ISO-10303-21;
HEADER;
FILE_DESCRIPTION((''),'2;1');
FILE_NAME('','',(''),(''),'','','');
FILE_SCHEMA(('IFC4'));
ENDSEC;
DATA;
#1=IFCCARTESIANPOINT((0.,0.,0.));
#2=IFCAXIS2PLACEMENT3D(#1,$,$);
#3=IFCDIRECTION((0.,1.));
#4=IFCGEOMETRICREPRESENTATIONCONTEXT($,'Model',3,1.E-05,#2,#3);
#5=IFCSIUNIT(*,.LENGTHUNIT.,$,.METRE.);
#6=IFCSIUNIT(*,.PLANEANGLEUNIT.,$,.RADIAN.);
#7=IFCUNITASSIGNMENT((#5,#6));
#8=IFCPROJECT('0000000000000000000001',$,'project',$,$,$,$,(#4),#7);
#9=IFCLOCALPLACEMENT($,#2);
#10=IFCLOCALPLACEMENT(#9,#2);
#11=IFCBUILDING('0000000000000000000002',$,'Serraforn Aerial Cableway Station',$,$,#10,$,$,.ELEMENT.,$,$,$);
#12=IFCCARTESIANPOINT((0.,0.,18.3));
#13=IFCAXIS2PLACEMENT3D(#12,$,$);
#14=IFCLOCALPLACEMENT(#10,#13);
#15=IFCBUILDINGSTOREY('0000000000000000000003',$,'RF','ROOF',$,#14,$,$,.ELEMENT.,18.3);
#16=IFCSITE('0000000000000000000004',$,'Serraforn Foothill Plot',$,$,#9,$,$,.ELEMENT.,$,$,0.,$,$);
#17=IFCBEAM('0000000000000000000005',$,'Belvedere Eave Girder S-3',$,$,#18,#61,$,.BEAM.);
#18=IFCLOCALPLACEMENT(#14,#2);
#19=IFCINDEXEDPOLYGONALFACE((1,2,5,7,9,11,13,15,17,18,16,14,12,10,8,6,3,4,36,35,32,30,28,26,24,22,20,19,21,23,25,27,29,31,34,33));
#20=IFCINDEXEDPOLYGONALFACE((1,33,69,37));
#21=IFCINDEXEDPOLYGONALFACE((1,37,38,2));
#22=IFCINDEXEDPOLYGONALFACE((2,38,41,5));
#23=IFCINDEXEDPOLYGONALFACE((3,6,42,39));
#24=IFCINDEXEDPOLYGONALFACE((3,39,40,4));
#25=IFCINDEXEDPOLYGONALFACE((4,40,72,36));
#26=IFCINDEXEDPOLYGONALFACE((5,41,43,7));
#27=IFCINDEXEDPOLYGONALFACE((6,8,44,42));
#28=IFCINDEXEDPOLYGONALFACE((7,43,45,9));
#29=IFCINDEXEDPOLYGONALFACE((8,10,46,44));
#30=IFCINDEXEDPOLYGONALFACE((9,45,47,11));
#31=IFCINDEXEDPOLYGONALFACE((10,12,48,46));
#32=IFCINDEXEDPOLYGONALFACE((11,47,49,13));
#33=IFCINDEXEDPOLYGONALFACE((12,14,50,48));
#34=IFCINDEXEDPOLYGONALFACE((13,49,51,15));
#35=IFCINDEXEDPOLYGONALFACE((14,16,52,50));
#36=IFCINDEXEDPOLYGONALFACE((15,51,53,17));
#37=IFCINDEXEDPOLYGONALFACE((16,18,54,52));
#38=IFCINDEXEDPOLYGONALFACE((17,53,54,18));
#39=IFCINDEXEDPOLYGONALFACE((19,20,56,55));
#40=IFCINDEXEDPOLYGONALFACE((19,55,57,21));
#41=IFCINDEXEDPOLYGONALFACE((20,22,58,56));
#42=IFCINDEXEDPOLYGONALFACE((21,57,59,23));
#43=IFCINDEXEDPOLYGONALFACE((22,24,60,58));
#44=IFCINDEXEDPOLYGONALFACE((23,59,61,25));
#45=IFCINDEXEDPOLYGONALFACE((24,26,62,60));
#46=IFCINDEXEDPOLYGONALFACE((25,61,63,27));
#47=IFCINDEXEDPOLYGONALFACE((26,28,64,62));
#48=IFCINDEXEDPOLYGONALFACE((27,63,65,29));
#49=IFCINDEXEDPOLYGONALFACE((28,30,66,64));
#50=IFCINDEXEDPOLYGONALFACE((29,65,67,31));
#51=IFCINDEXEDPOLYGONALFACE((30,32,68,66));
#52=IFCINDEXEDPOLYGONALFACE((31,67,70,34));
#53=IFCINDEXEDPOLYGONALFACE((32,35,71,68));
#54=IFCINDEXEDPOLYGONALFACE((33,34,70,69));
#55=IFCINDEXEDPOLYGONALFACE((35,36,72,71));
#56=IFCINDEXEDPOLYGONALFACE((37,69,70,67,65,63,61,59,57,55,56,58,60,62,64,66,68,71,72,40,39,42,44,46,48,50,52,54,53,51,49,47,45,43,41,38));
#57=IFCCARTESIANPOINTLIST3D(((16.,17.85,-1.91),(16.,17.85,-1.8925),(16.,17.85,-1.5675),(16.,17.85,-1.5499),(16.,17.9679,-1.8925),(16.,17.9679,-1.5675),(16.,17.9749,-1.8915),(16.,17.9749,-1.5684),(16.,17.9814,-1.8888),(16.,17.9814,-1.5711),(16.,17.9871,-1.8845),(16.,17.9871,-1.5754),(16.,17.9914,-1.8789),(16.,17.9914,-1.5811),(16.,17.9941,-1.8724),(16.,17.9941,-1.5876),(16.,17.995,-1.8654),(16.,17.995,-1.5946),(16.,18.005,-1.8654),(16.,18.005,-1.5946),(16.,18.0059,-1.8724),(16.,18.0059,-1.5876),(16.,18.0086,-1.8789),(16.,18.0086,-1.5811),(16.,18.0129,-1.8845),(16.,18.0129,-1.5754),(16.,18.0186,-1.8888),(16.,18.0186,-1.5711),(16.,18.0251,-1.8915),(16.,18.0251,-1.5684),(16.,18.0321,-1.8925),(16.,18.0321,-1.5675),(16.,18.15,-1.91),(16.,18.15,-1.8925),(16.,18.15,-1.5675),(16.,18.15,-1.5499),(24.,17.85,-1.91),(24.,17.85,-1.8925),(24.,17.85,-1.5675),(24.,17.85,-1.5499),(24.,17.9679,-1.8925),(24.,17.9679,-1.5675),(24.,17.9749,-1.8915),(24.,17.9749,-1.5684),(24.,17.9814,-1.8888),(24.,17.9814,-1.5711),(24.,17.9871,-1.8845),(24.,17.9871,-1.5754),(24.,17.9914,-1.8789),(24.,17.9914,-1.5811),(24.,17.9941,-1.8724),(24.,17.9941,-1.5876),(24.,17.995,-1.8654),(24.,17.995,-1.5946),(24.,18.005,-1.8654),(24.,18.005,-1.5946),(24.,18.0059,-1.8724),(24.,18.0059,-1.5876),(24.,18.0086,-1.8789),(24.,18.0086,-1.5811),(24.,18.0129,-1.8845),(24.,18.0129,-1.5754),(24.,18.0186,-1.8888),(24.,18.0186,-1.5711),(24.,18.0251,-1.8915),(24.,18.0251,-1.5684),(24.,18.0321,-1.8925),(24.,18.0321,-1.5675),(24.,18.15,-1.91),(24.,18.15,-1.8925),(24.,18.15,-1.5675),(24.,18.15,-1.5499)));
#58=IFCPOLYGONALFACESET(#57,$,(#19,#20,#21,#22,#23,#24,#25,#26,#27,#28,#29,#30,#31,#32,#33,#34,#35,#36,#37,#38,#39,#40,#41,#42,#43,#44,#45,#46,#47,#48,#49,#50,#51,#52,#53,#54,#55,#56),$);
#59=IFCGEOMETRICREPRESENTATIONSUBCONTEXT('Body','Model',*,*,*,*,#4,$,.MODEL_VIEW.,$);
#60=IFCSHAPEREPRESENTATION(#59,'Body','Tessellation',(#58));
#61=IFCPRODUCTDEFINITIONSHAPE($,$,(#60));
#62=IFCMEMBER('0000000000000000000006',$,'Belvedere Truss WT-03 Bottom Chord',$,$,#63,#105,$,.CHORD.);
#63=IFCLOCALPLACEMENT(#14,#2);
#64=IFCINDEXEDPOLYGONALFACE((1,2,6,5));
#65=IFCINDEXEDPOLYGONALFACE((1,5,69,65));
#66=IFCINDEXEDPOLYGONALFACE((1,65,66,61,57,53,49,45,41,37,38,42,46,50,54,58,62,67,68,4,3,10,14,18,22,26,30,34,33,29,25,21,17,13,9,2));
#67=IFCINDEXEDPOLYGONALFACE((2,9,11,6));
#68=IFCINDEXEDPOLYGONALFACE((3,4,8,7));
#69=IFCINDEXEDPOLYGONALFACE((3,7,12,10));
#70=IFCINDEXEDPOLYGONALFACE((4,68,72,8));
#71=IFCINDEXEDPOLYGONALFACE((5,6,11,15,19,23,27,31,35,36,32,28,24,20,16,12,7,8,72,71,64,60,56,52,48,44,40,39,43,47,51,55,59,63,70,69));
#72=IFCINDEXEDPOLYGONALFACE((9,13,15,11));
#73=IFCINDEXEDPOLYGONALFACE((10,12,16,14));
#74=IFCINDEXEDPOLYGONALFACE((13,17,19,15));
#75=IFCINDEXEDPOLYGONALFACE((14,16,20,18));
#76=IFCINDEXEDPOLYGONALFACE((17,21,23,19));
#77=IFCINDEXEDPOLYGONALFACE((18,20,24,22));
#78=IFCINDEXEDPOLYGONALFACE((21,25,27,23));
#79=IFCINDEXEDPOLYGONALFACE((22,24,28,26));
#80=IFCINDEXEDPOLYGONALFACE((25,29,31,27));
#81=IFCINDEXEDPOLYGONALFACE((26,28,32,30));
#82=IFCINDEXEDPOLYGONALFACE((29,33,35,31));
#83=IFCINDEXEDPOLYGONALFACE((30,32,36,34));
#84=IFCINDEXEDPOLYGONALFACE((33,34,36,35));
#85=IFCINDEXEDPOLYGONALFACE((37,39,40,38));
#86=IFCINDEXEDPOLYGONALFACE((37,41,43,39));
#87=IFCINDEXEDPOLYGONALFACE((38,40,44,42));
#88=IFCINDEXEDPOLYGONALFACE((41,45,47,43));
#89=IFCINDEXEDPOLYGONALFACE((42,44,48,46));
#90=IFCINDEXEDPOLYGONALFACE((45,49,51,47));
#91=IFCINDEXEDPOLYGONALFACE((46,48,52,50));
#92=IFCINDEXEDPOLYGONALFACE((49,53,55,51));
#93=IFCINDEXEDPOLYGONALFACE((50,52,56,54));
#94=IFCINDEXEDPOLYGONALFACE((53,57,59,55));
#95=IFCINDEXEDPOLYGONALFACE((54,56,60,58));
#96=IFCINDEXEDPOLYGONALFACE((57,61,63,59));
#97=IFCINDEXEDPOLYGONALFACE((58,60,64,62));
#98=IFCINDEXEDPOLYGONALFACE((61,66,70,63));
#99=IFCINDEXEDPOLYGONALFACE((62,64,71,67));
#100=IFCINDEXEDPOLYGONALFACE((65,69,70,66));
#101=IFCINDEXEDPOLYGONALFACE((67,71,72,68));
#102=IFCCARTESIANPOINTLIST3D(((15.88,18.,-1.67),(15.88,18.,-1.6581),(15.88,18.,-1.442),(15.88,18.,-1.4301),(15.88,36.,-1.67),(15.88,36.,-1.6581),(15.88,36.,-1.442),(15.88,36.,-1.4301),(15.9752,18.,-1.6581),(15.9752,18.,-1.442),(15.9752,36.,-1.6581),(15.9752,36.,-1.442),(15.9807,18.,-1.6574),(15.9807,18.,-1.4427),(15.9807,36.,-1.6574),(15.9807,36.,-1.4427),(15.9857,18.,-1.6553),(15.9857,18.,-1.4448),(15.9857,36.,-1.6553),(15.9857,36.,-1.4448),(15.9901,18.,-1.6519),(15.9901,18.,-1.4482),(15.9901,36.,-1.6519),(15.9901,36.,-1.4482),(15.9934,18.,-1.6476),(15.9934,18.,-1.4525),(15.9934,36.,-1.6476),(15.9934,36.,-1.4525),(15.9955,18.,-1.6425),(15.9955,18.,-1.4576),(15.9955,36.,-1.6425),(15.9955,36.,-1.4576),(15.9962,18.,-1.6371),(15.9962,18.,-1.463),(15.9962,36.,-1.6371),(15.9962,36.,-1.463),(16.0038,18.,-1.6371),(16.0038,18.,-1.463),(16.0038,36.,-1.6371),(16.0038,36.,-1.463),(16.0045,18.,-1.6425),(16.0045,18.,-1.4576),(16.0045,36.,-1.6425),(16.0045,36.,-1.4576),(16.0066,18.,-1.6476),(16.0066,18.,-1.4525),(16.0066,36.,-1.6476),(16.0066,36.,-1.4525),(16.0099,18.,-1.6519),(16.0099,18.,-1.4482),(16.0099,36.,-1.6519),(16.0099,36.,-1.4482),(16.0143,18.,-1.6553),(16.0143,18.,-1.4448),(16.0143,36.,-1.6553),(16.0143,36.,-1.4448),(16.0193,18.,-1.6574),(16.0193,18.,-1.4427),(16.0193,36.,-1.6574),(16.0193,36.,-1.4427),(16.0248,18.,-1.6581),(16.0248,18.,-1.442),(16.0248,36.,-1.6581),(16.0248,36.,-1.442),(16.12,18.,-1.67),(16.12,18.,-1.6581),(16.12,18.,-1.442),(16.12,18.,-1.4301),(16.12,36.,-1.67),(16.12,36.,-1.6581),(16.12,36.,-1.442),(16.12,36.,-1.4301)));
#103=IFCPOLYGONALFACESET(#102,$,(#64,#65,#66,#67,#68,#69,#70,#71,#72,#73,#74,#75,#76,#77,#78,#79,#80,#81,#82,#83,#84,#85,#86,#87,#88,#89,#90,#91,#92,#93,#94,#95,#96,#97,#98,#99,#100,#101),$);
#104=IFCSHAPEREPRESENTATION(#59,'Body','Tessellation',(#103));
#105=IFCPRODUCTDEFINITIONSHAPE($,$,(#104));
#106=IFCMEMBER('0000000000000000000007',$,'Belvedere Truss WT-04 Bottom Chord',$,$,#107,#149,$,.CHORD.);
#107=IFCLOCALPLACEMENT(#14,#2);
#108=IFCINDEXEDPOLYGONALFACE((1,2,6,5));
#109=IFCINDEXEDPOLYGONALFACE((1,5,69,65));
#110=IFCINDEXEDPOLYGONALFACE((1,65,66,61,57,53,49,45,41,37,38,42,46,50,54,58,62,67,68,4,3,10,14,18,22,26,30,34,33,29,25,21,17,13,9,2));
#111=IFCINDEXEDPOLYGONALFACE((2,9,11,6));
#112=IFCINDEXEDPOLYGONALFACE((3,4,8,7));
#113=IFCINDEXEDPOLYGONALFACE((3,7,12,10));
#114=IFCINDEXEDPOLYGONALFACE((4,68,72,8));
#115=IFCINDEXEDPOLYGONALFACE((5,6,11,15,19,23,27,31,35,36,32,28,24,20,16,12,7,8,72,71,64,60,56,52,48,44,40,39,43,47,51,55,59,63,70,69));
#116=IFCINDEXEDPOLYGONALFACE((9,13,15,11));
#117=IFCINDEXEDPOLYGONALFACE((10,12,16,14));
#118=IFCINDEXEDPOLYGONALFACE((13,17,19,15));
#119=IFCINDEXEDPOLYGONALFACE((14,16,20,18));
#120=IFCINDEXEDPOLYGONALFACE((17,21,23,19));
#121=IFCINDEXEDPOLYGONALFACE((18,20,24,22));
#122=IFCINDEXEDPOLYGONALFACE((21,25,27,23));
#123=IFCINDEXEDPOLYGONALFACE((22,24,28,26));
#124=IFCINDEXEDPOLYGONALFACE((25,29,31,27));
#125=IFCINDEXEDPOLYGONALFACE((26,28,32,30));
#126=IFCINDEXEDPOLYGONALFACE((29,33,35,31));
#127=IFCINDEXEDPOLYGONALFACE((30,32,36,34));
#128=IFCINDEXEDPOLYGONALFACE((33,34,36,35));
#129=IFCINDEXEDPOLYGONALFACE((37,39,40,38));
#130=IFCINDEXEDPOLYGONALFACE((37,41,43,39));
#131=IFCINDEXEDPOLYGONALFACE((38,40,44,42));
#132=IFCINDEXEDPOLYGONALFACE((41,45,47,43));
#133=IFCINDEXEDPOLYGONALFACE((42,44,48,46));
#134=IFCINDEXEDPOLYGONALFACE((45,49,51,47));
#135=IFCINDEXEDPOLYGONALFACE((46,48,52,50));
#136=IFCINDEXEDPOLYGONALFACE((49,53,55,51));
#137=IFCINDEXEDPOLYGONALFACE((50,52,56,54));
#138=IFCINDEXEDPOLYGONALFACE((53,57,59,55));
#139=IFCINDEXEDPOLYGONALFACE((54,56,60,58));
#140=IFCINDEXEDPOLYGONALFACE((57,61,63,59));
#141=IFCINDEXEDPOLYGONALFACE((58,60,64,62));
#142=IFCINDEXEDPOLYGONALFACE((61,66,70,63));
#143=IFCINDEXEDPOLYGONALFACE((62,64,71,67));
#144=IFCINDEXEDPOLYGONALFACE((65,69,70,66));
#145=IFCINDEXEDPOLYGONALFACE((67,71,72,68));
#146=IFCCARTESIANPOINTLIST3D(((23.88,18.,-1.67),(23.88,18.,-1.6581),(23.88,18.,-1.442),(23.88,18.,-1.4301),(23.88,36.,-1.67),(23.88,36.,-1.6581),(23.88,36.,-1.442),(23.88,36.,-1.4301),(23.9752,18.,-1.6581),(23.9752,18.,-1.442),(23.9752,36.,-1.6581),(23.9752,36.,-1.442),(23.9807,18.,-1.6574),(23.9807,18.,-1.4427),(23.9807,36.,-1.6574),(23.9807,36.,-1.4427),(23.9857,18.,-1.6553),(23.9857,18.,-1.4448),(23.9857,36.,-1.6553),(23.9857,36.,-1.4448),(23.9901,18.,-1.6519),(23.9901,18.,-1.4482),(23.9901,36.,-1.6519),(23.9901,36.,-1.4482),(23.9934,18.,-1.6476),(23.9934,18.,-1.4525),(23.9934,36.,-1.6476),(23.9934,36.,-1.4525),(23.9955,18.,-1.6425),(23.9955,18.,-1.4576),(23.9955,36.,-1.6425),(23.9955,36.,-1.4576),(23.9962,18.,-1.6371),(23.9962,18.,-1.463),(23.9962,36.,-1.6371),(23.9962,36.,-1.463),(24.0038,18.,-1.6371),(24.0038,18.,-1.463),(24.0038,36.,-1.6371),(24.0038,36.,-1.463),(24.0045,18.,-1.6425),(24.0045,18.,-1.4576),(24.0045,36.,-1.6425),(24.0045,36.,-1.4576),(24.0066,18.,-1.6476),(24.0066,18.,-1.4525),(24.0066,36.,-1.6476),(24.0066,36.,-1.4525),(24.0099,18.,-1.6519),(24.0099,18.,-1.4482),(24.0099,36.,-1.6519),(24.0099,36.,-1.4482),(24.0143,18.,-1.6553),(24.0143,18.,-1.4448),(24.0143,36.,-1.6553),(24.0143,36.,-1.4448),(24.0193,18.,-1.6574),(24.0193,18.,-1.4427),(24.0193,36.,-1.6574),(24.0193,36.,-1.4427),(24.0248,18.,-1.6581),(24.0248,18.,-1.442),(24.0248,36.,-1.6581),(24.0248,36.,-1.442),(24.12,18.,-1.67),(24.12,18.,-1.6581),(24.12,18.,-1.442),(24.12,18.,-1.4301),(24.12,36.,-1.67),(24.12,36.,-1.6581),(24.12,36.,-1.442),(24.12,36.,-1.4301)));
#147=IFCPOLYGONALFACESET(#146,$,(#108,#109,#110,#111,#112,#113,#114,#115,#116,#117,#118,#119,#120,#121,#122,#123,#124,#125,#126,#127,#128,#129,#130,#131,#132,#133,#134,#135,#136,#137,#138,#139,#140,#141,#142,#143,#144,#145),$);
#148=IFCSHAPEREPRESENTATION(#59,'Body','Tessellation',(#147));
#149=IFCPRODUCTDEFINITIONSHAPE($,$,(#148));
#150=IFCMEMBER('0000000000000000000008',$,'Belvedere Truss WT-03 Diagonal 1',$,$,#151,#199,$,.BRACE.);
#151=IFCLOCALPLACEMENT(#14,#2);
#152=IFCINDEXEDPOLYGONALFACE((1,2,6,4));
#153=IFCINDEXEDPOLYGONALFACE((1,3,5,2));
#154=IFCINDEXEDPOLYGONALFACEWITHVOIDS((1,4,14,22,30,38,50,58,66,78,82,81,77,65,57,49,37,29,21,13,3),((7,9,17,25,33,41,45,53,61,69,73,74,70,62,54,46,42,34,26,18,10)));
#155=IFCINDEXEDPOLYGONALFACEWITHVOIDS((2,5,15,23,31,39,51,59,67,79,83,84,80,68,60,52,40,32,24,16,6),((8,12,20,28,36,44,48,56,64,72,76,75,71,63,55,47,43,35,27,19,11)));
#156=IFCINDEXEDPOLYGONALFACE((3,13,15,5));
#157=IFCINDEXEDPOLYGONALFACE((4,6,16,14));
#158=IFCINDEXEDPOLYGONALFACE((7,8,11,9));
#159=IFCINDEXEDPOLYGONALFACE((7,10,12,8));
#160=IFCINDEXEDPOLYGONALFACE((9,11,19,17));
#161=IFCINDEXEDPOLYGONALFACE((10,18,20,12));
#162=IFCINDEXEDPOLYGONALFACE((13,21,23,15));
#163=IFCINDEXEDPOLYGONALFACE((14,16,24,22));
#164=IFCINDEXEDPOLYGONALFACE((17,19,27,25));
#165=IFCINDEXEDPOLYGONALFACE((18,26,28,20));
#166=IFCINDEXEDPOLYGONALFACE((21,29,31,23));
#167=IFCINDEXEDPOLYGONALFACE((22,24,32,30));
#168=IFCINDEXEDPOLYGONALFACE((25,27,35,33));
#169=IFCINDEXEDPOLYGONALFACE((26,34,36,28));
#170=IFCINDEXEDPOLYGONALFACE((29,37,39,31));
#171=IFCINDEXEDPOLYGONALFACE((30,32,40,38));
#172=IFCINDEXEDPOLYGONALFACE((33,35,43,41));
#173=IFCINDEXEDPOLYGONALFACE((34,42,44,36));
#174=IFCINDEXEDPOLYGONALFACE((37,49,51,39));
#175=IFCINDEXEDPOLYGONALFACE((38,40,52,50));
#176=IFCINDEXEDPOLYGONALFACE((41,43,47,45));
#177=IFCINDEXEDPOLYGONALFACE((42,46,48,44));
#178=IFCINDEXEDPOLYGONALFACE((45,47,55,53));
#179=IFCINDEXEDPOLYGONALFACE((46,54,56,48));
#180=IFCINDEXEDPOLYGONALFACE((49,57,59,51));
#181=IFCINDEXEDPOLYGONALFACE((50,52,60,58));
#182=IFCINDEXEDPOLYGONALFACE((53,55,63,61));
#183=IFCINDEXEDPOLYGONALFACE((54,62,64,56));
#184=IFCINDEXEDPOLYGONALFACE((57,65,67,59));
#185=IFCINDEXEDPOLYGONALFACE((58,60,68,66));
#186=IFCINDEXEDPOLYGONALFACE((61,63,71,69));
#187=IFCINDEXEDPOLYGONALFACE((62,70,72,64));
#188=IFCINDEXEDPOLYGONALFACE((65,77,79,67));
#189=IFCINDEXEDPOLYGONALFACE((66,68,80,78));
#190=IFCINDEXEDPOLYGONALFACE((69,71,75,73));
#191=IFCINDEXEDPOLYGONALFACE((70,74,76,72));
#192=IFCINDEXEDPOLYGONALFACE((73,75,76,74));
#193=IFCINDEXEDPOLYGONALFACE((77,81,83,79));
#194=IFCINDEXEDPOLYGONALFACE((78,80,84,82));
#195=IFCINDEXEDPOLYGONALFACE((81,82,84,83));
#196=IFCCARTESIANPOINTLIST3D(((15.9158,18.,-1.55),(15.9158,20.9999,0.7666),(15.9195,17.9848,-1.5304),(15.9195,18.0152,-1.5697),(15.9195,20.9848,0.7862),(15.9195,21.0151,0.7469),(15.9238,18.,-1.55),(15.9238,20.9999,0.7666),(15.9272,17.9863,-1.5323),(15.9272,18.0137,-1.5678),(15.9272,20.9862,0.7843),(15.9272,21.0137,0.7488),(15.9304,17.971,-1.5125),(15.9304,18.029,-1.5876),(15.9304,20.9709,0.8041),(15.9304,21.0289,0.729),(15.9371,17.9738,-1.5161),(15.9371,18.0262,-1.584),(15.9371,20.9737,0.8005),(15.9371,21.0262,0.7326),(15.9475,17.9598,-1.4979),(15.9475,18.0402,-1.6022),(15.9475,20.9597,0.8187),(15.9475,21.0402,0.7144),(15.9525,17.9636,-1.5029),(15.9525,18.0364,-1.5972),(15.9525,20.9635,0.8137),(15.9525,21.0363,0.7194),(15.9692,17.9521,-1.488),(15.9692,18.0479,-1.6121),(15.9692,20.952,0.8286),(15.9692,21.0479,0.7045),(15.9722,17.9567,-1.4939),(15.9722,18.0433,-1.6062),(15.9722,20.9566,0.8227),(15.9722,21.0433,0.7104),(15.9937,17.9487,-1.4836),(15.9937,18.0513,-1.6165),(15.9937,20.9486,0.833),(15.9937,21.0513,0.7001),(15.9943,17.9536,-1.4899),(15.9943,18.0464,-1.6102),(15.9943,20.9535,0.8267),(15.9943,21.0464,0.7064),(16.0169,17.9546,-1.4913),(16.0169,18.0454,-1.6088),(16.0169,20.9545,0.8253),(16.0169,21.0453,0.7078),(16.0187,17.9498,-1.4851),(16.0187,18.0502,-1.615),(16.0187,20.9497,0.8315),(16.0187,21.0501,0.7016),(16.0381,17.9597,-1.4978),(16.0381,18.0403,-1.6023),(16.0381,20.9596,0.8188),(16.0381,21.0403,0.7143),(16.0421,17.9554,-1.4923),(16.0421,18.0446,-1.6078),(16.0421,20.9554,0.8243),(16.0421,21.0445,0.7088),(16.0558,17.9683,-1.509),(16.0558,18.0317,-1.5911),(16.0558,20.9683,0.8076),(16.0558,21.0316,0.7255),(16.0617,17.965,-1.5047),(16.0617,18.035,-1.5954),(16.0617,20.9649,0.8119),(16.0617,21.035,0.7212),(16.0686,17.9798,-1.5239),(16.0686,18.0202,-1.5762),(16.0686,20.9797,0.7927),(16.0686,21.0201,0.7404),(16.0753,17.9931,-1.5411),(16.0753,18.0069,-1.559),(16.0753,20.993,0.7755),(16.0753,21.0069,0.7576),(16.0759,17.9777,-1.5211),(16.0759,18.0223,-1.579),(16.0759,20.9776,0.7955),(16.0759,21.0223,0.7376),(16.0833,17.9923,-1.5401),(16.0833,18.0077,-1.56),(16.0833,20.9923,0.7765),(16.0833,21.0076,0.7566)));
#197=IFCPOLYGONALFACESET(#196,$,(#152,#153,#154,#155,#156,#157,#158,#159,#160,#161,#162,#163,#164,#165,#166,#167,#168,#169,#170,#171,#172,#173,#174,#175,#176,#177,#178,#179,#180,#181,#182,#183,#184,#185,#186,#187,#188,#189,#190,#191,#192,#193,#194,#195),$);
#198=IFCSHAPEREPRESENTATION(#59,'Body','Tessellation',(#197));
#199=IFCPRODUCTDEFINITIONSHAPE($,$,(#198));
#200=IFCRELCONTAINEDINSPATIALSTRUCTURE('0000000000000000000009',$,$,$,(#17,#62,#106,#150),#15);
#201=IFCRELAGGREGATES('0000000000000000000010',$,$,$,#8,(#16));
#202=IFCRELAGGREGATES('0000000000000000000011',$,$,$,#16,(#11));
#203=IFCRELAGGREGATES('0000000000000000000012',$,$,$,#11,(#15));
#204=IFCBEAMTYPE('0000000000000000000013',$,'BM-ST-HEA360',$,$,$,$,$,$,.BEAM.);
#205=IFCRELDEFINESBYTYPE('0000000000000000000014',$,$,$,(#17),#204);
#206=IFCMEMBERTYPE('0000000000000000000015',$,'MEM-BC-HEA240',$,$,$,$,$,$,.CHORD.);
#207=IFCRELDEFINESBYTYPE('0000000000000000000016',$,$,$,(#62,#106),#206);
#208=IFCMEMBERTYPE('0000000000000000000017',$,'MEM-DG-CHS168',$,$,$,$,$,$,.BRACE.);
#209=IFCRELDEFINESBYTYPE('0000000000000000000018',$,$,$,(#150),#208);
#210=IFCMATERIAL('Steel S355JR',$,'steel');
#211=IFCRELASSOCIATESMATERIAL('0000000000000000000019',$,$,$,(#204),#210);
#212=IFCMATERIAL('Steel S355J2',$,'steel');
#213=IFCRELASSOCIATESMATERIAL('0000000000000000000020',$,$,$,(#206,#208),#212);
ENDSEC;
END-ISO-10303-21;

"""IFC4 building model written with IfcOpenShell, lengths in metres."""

from ifc_helpers import new_model, si_unit, direction, frame, origin, origin_2d, place, context, subcontext, project, spatial, hollow_circle, i_section, extrude, material, material_profile, profile_set, type_object, element, save


model = new_model("IFC4")

# Units and contexts
model_context = context("Model", 3, precision=1e-05, world=origin(), true_north=direction((0.0, 1.0)))
body_context = subcontext(model_context, "Body", "Model", "MODEL_VIEW")
ifc_project = project(units=[si_unit("LENGTHUNIT", "METRE"), si_unit("PLANEANGLEUNIT", "RADIAN")], contexts=[model_context])

# Site, building, storey
site_placement = place(None, origin())
site = spatial("IfcSite", under=ifc_project, at=site_placement, Name="Serraforn Foothill Plot", CompositionType="ELEMENT", RefElevation=0.0)
building_placement = place(site_placement, origin())
building = spatial("IfcBuilding", under=site, at=building_placement, Name="Serraforn Aerial Cableway Station", CompositionType="ELEMENT")
storey_placement = place(building_placement, frame((0.0, 0.0, 18.3)))
storey = spatial("IfcBuildingStorey", under=building, at=storey_placement, Name="RF", Description="ROOF", CompositionType="ELEMENT", Elevation=18.3)

# Beam
ifc_material_1 = material(Name="Steel S355JR", Category="steel")
ifc_material_profile_1 = material_profile(ifc_material_1, i_section(OverallWidth=0.3, OverallDepth=0.3601, WebThickness=0.01, FlangeThickness=0.0176, FilletRadius=0.0271, at=origin_2d()), Name="HEA 360")
ifc_profile_set_1 = profile_set([ifc_material_profile_1], Name="Steel S355JR")
beam_type = type_object("IfcBeamType", Name="BM-ST-HEA360", PredefinedType="BEAM", material=ifc_profile_set_1)
beam_placement = place(storey_placement, frame((16.0, 18.0, -1.73), z_axis=(1.0, 0.0, 0.0), x_axis=(0.0, 1.0, 0.0)))
element("IfcBeam", 1, at=beam_placement, inside=storey, type_object=beam_type, Name="Belvedere Eave Girder S-3", PredefinedType="BEAM", context=body_context, shape_type="SweptSolid", body=[
    extrude(i_section(OverallWidth=0.3, OverallDepth=0.3601, WebThickness=0.01, FlangeThickness=0.0176, FilletRadius=0.0271, at=origin_2d()), origin(), (0.0, 0.0, 1.0), 8.0),
])

# Members
ifc_material_2 = material(Name="Steel S355J2", Category="steel")
ifc_material_profile_2 = material_profile(ifc_material_2, i_section(OverallWidth=0.24, OverallDepth=0.24, WebThickness=0.0076, FlangeThickness=0.012, FilletRadius=0.021, at=origin_2d()), Name="HEA 240")
ifc_profile_set_2 = profile_set([ifc_material_profile_2], Name="Steel S355J2")
member_type_1 = type_object("IfcMemberType", Name="MEM-BC-HEA240", PredefinedType="CHORD", material=ifc_profile_set_2)
for number, where, z_axis, x_axis, name in (
    (2, (16.0, 18.0, -1.55), (0.0, 1.0, 0.0), (-1.0, 0.0, 0.0), "Belvedere Truss WT-03 Bottom Chord"),
    (3, (24.0, 18.0, -1.55), (0.0, 1.0, 0.0), (-1.0, 0.0, 0.0), "Belvedere Truss WT-04 Bottom Chord"),
):
    element("IfcMember", number, at=place(storey_placement, frame(where, z_axis=z_axis, x_axis=x_axis)), inside=storey, type_object=member_type_1, Name=name, PredefinedType="CHORD", context=body_context, shape_type="SweptSolid", body=[
        extrude(i_section(OverallWidth=0.24, OverallDepth=0.24, WebThickness=0.0076, FlangeThickness=0.012, FilletRadius=0.021, at=origin_2d()), origin(), (0.0, 0.0, 1.0), 18.0),
    ])
ifc_material_profile_3 = material_profile(ifc_material_2, hollow_circle(Radius=0.0842, WallThickness=0.0081, at=origin_2d()), Name="CHS 168.3x8.0")
ifc_profile_set_3 = profile_set([ifc_material_profile_3], Name="Steel S355J2")
member_type_2 = type_object("IfcMemberType", Name="MEM-DG-CHS168", PredefinedType="BRACE", material=ifc_profile_set_3)
member_1_placement = place(storey_placement, frame((16.0, 18.0, -1.55), z_axis=(0.0, 0.79148, 0.611194), x_axis=(-1.0, 0.0, 0.0)))
element("IfcMember", 4, at=member_1_placement, inside=storey, type_object=member_type_2, Name="Belvedere Truss WT-03 Diagonal 1", PredefinedType="BRACE", context=body_context, shape_type="SweptSolid", body=[
    extrude(hollow_circle(Radius=0.0842, WallThickness=0.0081, at=origin_2d()), origin(), (0.0, 0.0, 1.0), 3.7903),
])

save(model, "model.ifc")
